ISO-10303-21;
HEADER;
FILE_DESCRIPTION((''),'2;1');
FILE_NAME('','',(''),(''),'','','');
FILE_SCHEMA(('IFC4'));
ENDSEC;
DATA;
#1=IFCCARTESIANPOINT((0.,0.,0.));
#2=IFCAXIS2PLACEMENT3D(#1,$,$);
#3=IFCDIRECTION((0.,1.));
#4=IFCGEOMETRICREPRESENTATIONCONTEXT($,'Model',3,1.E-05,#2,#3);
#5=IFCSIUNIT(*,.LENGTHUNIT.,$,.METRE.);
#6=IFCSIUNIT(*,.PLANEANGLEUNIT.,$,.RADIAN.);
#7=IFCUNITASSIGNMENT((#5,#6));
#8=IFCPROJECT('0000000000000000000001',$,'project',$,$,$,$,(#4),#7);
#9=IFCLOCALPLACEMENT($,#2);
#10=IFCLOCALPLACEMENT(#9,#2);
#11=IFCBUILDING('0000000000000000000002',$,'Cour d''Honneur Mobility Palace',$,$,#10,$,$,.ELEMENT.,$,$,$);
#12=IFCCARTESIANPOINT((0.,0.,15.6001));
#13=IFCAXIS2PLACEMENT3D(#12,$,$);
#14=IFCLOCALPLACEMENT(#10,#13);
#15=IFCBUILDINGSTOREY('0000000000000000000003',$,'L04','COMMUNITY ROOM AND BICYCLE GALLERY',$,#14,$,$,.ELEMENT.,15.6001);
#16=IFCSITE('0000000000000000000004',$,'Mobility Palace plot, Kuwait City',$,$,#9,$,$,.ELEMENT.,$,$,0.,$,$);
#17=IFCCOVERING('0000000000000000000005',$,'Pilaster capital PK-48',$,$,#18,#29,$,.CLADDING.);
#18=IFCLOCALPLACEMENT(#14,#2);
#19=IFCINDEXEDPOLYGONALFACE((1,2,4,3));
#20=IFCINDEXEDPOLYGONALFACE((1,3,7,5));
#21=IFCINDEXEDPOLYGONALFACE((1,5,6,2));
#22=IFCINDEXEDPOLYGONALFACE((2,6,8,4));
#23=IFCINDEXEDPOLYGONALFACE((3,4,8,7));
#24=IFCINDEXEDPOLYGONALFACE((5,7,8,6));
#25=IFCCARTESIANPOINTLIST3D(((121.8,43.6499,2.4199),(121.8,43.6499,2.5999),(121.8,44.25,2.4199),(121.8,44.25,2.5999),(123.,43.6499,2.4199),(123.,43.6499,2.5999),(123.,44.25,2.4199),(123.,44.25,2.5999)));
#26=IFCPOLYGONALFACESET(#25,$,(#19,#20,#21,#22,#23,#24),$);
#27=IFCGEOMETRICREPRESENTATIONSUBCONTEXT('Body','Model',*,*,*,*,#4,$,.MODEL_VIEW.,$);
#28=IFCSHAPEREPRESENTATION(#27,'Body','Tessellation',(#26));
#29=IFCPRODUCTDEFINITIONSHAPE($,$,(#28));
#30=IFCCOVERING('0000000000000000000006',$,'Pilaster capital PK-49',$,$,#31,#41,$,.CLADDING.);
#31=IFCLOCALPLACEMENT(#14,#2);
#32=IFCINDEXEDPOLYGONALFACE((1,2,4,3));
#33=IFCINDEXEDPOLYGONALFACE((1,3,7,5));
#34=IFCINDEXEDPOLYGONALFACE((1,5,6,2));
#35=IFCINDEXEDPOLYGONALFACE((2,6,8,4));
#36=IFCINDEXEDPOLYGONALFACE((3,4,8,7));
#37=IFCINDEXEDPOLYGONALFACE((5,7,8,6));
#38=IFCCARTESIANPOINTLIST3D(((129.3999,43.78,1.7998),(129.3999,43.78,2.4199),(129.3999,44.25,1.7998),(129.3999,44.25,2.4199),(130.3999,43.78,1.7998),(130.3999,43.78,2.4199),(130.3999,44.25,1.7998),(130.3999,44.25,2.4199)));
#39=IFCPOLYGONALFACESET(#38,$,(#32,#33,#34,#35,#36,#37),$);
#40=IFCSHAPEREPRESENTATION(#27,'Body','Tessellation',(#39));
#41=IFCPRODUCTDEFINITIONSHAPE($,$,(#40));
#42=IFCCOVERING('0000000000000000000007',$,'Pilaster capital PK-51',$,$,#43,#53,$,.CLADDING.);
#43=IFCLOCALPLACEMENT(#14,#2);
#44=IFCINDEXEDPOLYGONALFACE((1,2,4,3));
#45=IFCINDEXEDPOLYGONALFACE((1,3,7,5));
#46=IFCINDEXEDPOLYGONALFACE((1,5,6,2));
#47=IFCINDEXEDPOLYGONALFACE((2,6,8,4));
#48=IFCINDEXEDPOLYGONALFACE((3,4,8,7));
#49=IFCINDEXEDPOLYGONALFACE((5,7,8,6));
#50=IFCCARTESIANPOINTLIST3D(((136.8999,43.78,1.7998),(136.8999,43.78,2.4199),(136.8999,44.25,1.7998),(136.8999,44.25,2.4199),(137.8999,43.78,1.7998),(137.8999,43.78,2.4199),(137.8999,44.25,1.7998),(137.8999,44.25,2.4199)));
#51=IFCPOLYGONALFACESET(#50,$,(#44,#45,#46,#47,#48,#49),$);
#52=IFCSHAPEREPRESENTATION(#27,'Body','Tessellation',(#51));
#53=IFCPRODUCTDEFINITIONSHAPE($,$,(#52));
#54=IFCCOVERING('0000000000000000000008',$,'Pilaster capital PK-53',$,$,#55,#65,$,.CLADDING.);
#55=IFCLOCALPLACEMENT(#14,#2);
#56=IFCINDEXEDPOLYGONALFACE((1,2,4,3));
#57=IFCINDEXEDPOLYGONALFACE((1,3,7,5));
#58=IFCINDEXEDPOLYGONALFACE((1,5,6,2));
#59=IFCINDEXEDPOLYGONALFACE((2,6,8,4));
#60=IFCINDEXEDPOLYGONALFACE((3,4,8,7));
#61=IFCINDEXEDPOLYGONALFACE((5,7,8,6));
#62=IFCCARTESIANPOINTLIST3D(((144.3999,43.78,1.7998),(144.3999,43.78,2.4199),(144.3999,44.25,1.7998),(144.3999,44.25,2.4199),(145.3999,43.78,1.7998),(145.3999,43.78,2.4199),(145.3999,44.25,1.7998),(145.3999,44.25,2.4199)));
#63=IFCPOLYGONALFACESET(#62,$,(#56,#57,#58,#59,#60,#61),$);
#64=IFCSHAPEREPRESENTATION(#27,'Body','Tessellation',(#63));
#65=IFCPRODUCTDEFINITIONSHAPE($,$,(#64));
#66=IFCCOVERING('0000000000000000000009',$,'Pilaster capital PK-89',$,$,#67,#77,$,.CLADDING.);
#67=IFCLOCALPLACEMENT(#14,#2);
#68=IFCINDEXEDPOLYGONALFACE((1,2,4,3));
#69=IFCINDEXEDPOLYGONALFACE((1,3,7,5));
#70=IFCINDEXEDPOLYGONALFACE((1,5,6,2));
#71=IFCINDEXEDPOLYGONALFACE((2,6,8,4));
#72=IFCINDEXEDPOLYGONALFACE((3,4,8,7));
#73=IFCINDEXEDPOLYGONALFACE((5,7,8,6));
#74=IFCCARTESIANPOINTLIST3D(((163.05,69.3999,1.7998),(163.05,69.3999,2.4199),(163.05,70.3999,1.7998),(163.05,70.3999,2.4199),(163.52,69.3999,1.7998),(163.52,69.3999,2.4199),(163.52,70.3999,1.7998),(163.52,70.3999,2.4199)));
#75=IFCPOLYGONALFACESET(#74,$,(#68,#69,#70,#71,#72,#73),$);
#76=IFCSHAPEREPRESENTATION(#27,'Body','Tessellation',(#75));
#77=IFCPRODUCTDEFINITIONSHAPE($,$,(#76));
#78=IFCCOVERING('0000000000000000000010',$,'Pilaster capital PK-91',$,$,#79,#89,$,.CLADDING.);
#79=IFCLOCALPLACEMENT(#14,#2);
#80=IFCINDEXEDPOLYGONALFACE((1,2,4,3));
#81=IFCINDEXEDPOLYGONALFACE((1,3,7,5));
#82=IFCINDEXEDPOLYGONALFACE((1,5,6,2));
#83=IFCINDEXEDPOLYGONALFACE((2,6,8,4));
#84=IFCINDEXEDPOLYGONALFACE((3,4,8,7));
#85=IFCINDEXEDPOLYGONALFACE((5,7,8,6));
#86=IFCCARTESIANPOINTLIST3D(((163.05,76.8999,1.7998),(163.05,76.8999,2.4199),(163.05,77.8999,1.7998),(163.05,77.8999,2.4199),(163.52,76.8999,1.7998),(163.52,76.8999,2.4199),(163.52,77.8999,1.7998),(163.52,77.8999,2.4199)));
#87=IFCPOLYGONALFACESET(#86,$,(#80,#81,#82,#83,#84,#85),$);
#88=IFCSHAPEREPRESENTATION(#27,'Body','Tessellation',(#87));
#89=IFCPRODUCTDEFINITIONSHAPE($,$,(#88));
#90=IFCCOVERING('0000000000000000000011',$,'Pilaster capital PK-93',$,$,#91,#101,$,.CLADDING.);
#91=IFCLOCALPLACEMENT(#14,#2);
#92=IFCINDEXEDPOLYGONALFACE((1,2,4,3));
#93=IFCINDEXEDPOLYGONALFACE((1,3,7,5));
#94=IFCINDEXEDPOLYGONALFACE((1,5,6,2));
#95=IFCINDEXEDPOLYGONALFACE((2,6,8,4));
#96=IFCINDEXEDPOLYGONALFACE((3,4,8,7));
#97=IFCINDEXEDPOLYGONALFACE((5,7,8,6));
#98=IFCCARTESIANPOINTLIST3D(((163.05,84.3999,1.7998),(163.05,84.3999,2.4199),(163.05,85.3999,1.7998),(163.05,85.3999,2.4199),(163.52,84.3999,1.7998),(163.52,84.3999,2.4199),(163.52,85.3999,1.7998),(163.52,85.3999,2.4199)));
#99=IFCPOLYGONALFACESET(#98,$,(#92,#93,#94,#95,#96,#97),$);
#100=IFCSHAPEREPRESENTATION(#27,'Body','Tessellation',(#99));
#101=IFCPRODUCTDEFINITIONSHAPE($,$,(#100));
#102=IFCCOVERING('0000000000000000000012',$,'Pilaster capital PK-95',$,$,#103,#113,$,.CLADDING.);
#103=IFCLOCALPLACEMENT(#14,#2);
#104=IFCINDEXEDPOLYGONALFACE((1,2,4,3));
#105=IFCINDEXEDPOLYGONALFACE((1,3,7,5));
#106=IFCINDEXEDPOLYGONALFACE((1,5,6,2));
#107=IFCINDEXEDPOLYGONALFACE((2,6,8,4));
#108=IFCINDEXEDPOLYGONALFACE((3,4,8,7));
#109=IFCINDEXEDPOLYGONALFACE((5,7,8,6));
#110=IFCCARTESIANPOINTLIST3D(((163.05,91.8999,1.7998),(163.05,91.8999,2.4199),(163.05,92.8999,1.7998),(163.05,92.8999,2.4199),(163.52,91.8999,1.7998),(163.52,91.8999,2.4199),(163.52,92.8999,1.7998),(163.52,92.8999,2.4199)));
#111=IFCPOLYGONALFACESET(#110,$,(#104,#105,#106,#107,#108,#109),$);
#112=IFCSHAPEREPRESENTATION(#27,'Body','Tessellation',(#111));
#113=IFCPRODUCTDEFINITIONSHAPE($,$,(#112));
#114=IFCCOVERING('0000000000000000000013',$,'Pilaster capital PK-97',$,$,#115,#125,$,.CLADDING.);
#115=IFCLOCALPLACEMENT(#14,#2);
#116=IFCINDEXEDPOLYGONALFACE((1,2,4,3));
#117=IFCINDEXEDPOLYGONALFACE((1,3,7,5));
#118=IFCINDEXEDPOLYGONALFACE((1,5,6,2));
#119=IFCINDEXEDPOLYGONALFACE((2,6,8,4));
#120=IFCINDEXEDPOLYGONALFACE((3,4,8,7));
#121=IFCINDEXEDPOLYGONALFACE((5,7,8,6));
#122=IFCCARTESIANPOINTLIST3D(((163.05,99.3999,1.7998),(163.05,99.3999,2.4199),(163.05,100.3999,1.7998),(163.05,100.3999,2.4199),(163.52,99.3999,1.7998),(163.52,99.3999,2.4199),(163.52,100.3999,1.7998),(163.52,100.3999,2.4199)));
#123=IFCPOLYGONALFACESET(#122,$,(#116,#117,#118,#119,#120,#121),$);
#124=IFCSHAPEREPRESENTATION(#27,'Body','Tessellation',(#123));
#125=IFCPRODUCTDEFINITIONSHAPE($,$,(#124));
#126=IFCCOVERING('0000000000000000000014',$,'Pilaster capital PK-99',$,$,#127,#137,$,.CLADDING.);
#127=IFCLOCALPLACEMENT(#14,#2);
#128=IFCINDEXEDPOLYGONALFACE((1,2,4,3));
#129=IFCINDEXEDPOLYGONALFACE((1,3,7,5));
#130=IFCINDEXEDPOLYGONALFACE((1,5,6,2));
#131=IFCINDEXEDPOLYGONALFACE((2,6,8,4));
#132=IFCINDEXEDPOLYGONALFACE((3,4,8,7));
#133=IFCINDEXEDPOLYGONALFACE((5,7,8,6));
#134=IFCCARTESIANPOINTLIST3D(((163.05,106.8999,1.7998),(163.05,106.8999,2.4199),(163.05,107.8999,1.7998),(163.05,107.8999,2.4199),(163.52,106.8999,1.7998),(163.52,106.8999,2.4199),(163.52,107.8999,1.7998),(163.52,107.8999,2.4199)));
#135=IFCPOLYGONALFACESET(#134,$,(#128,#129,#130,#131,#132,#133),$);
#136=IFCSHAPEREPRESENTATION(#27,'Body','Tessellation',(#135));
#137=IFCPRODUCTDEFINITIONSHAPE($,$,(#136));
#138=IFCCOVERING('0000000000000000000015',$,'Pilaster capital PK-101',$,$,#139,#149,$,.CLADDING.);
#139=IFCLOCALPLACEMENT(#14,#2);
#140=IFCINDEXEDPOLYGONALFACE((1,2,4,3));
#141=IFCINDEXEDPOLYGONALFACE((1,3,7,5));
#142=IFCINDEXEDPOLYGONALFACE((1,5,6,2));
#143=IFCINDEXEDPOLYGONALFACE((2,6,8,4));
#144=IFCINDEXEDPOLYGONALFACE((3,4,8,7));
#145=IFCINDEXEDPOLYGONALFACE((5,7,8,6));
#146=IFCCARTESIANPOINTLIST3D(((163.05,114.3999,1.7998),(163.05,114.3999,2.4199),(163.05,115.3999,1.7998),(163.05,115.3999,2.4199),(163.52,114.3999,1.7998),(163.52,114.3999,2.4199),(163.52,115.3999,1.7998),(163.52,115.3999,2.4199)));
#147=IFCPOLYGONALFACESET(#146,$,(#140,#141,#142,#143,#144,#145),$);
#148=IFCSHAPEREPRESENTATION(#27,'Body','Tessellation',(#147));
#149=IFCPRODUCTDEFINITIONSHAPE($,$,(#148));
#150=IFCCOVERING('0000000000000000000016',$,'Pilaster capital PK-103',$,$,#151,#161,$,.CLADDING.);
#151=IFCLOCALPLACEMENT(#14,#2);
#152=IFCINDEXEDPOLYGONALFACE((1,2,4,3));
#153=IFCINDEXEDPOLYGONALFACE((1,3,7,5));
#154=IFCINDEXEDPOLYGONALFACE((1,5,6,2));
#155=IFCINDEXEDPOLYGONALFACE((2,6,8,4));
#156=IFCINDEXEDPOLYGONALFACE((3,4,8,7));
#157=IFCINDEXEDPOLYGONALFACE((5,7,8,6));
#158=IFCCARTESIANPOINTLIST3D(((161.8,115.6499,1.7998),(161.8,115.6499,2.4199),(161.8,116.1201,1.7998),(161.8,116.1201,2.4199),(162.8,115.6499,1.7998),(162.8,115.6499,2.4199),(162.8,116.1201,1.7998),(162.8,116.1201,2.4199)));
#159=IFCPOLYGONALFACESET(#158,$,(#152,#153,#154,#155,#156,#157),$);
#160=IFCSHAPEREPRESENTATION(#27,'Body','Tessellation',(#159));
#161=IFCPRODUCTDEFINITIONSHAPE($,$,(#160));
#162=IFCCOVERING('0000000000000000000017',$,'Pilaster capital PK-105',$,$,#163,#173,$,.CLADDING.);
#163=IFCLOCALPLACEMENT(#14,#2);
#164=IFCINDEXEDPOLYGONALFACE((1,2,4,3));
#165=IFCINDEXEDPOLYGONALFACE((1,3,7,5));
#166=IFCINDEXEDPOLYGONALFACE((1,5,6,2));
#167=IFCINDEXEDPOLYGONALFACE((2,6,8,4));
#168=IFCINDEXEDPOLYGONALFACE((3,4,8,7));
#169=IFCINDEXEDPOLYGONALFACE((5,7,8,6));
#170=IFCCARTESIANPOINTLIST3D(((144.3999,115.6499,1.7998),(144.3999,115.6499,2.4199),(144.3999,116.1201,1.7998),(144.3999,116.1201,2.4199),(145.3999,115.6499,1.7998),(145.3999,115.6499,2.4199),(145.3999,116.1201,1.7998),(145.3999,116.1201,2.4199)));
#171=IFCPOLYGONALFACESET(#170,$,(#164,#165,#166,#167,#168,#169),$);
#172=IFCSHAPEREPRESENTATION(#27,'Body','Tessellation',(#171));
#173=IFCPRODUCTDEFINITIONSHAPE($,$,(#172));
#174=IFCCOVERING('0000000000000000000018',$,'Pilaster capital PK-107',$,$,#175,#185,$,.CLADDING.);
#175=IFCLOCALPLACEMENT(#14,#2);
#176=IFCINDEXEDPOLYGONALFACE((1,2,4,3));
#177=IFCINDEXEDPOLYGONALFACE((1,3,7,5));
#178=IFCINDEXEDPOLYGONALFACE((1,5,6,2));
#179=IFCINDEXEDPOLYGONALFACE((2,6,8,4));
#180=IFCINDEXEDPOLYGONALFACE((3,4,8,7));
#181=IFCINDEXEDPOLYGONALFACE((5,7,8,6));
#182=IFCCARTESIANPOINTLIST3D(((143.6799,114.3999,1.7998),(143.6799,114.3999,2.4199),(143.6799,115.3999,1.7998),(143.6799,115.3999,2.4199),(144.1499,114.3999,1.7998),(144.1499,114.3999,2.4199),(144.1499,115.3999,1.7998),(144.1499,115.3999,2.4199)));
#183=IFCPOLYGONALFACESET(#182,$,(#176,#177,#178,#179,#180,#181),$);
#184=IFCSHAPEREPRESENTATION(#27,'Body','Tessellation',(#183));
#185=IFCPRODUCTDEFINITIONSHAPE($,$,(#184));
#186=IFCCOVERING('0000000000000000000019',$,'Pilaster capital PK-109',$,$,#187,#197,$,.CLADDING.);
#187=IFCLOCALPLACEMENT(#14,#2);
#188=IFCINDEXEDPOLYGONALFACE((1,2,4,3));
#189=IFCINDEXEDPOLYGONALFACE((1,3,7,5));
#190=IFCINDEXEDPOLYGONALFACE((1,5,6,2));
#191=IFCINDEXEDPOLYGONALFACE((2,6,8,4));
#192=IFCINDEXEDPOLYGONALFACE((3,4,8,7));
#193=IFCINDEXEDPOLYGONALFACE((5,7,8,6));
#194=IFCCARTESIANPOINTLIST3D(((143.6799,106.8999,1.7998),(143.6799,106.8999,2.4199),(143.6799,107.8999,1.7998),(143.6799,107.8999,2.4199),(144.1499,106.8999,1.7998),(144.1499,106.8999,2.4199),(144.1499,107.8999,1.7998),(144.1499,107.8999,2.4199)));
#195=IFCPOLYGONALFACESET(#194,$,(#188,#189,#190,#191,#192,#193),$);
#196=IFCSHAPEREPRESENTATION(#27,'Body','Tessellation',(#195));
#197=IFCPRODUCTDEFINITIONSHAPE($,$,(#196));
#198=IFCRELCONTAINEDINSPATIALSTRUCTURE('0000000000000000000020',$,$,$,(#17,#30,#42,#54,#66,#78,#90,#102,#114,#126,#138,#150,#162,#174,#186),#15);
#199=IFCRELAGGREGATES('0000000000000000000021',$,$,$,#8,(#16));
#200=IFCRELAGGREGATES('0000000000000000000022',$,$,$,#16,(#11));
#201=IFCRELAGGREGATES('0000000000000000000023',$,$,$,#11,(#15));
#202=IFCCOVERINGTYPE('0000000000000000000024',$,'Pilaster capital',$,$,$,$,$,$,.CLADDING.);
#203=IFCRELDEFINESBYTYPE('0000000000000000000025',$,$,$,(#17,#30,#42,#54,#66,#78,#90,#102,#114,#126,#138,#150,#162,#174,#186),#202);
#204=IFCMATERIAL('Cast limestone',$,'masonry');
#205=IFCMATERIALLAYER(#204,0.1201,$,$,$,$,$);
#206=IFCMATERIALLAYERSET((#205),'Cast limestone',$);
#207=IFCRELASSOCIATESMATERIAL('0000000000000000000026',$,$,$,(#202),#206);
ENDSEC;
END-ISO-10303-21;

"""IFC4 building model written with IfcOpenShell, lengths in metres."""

from ifc_helpers import new_model, si_unit, direction, frame, origin, place, context, subcontext, project, spatial, polyline, outline, extrude, material, layer, layer_set, type_object, element, save


model = new_model("IFC4")

# Units and contexts
model_context = context("Model", 3, precision=1e-05, world=origin(), true_north=direction((0.0, 1.0)))
body_context = subcontext(model_context, "Body", "Model", "MODEL_VIEW")
ifc_project = project(units=[si_unit("LENGTHUNIT", "METRE"), si_unit("PLANEANGLEUNIT", "RADIAN")], contexts=[model_context])

# Site, building, storey
site_placement = place(None, origin())
site = spatial("IfcSite", under=ifc_project, at=site_placement, Name="Mobility Palace plot, Kuwait City", CompositionType="ELEMENT", RefElevation=0.0)
building_placement = place(site_placement, origin())
building = spatial("IfcBuilding", under=site, at=building_placement, Name="Cour d'Honneur Mobility Palace", CompositionType="ELEMENT")
storey_placement = place(building_placement, frame((0.0, 0.0, 15.6001)))
storey = spatial("IfcBuildingStorey", under=building, at=storey_placement, Name="L04", Description="COMMUNITY ROOM AND BICYCLE GALLERY", CompositionType="ELEMENT", Elevation=15.6001)

# Coverings
ifc_material = material(Name="Cast limestone", Category="masonry")
ifc_layer = layer(ifc_material, 0.1201)
ifc_layer_set = layer_set([ifc_layer], Name="Cast limestone")
covering_type = type_object("IfcCoveringType", Name="Pilaster capital", PredefinedType="CLADDING", material=ifc_layer_set)
covering_1_placement = place(storey_placement, frame((0.0, 0.0, 2.4199)))
element("IfcCovering", 1, at=covering_1_placement, inside=storey, type_object=covering_type, Name="Pilaster capital PK-48", PredefinedType="CLADDING", context=body_context, shape_type="SweptSolid", body=[
    extrude(outline(polyline([(121.8, 44.25), (123.0, 44.25), (123.0, 43.6499), (121.8, 43.6499), (121.8, 44.25)])), origin(), (0.0, 0.0, 1.0), 0.1799),
])
covering_2_placement = place(storey_placement, frame((0.0, 0.0, 1.7998)))
element("IfcCovering", 2, at=covering_2_placement, inside=storey, type_object=covering_type, Name="Pilaster capital PK-49", PredefinedType="CLADDING", context=body_context, shape_type="SweptSolid", body=[
    extrude(outline(polyline([(129.3999, 44.25), (130.3999, 44.25), (130.3999, 43.78), (129.3999, 43.78), (129.3999, 44.25)])), origin(), (0.0, 0.0, 1.0), 0.6201),
])
covering_3_placement = place(storey_placement, frame((0.0, 0.0, 1.7998)))
element("IfcCovering", 3, at=covering_3_placement, inside=storey, type_object=covering_type, Name="Pilaster capital PK-51", PredefinedType="CLADDING", context=body_context, shape_type="SweptSolid", body=[
    extrude(outline(polyline([(136.8999, 44.25), (137.8999, 44.25), (137.8999, 43.78), (136.8999, 43.78), (136.8999, 44.25)])), origin(), (0.0, 0.0, 1.0), 0.6201),
])
covering_4_placement = place(storey_placement, frame((0.0, 0.0, 1.7998)))
element("IfcCovering", 4, at=covering_4_placement, inside=storey, type_object=covering_type, Name="Pilaster capital PK-53", PredefinedType="CLADDING", context=body_context, shape_type="SweptSolid", body=[
    extrude(outline(polyline([(144.3999, 44.25), (145.3999, 44.25), (145.3999, 43.78), (144.3999, 43.78), (144.3999, 44.25)])), origin(), (0.0, 0.0, 1.0), 0.6201),
])
covering_5_placement = place(storey_placement, frame((0.0, 0.0, 1.7998)))
element("IfcCovering", 5, at=covering_5_placement, inside=storey, type_object=covering_type, Name="Pilaster capital PK-89", PredefinedType="CLADDING", context=body_context, shape_type="SweptSolid", body=[
    extrude(outline(polyline([(163.05, 69.3999), (163.05, 70.3999), (163.52, 70.3999), (163.52, 69.3999), (163.05, 69.3999)])), origin(), (0.0, 0.0, 1.0), 0.6201),
])
covering_6_placement = place(storey_placement, frame((0.0, 0.0, 1.7998)))
element("IfcCovering", 6, at=covering_6_placement, inside=storey, type_object=covering_type, Name="Pilaster capital PK-91", PredefinedType="CLADDING", context=body_context, shape_type="SweptSolid", body=[
    extrude(outline(polyline([(163.05, 76.8999), (163.05, 77.8999), (163.52, 77.8999), (163.52, 76.8999), (163.05, 76.8999)])), origin(), (0.0, 0.0, 1.0), 0.6201),
])
covering_7_placement = place(storey_placement, frame((0.0, 0.0, 1.7998)))
element("IfcCovering", 7, at=covering_7_placement, inside=storey, type_object=covering_type, Name="Pilaster capital PK-93", PredefinedType="CLADDING", context=body_context, shape_type="SweptSolid", body=[
    extrude(outline(polyline([(163.05, 84.3999), (163.05, 85.3999), (163.52, 85.3999), (163.52, 84.3999), (163.05, 84.3999)])), origin(), (0.0, 0.0, 1.0), 0.6201),
])
covering_8_placement = place(storey_placement, frame((0.0, 0.0, 1.7998)))
element("IfcCovering", 8, at=covering_8_placement, inside=storey, type_object=covering_type, Name="Pilaster capital PK-95", PredefinedType="CLADDING", context=body_context, shape_type="SweptSolid", body=[
    extrude(outline(polyline([(163.05, 91.8999), (163.05, 92.8999), (163.52, 92.8999), (163.52, 91.8999), (163.05, 91.8999)])), origin(), (0.0, 0.0, 1.0), 0.6201),
])
covering_9_placement = place(storey_placement, frame((0.0, 0.0, 1.7998)))
element("IfcCovering", 9, at=covering_9_placement, inside=storey, type_object=covering_type, Name="Pilaster capital PK-97", PredefinedType="CLADDING", context=body_context, shape_type="SweptSolid", body=[
    extrude(outline(polyline([(163.05, 99.3999), (163.05, 100.3999), (163.52, 100.3999), (163.52, 99.3999), (163.05, 99.3999)])), origin(), (0.0, 0.0, 1.0), 0.6201),
])
covering_10_placement = place(storey_placement, frame((0.0, 0.0, 1.7998)))
element("IfcCovering", 10, at=covering_10_placement, inside=storey, type_object=covering_type, Name="Pilaster capital PK-99", PredefinedType="CLADDING", context=body_context, shape_type="SweptSolid", body=[
    extrude(outline(polyline([(163.05, 106.8999), (163.05, 107.8999), (163.52, 107.8999), (163.52, 106.8999), (163.05, 106.8999)])), origin(), (0.0, 0.0, 1.0), 0.6201),
])
covering_11_placement = place(storey_placement, frame((0.0, 0.0, 1.7998)))
element("IfcCovering", 11, at=covering_11_placement, inside=storey, type_object=covering_type, Name="Pilaster capital PK-101", PredefinedType="CLADDING", context=body_context, shape_type="SweptSolid", body=[
    extrude(outline(polyline([(163.05, 114.3999), (163.05, 115.3999), (163.52, 115.3999), (163.52, 114.3999), (163.05, 114.3999)])), origin(), (0.0, 0.0, 1.0), 0.6201),
])
covering_12_placement = place(storey_placement, frame((0.0, 0.0, 1.7998)))
element("IfcCovering", 12, at=covering_12_placement, inside=storey, type_object=covering_type, Name="Pilaster capital PK-103", PredefinedType="CLADDING", context=body_context, shape_type="SweptSolid", body=[
    extrude(outline(polyline([(162.8, 115.6499), (161.8, 115.6499), (161.8, 116.1201), (162.8, 116.1201), (162.8, 115.6499)])), origin(), (0.0, 0.0, 1.0), 0.6201),
])
covering_13_placement = place(storey_placement, frame((0.0, 0.0, 1.7998)))
element("IfcCovering", 13, at=covering_13_placement, inside=storey, type_object=covering_type, Name="Pilaster capital PK-105", PredefinedType="CLADDING", context=body_context, shape_type="SweptSolid", body=[
    extrude(outline(polyline([(145.3999, 115.6499), (144.3999, 115.6499), (144.3999, 116.1201), (145.3999, 116.1201), (145.3999, 115.6499)])), origin(), (0.0, 0.0, 1.0), 0.6201),
])
covering_14_placement = place(storey_placement, frame((0.0, 0.0, 1.7998)))
element("IfcCovering", 14, at=covering_14_placement, inside=storey, type_object=covering_type, Name="Pilaster capital PK-107", PredefinedType="CLADDING", context=body_context, shape_type="SweptSolid", body=[
    extrude(outline(polyline([(144.1499, 115.3999), (144.1499, 114.3999), (143.6799, 114.3999), (143.6799, 115.3999), (144.1499, 115.3999)])), origin(), (0.0, 0.0, 1.0), 0.6201),
])
covering_15_placement = place(storey_placement, frame((0.0, 0.0, 1.7998)))
element("IfcCovering", 15, at=covering_15_placement, inside=storey, type_object=covering_type, Name="Pilaster capital PK-109", PredefinedType="CLADDING", context=body_context, shape_type="SweptSolid", body=[
    extrude(outline(polyline([(144.1499, 107.8999), (144.1499, 106.8999), (143.6799, 106.8999), (143.6799, 107.8999), (144.1499, 107.8999)])), origin(), (0.0, 0.0, 1.0), 0.6201),
])

save(model, "model.ifc")
